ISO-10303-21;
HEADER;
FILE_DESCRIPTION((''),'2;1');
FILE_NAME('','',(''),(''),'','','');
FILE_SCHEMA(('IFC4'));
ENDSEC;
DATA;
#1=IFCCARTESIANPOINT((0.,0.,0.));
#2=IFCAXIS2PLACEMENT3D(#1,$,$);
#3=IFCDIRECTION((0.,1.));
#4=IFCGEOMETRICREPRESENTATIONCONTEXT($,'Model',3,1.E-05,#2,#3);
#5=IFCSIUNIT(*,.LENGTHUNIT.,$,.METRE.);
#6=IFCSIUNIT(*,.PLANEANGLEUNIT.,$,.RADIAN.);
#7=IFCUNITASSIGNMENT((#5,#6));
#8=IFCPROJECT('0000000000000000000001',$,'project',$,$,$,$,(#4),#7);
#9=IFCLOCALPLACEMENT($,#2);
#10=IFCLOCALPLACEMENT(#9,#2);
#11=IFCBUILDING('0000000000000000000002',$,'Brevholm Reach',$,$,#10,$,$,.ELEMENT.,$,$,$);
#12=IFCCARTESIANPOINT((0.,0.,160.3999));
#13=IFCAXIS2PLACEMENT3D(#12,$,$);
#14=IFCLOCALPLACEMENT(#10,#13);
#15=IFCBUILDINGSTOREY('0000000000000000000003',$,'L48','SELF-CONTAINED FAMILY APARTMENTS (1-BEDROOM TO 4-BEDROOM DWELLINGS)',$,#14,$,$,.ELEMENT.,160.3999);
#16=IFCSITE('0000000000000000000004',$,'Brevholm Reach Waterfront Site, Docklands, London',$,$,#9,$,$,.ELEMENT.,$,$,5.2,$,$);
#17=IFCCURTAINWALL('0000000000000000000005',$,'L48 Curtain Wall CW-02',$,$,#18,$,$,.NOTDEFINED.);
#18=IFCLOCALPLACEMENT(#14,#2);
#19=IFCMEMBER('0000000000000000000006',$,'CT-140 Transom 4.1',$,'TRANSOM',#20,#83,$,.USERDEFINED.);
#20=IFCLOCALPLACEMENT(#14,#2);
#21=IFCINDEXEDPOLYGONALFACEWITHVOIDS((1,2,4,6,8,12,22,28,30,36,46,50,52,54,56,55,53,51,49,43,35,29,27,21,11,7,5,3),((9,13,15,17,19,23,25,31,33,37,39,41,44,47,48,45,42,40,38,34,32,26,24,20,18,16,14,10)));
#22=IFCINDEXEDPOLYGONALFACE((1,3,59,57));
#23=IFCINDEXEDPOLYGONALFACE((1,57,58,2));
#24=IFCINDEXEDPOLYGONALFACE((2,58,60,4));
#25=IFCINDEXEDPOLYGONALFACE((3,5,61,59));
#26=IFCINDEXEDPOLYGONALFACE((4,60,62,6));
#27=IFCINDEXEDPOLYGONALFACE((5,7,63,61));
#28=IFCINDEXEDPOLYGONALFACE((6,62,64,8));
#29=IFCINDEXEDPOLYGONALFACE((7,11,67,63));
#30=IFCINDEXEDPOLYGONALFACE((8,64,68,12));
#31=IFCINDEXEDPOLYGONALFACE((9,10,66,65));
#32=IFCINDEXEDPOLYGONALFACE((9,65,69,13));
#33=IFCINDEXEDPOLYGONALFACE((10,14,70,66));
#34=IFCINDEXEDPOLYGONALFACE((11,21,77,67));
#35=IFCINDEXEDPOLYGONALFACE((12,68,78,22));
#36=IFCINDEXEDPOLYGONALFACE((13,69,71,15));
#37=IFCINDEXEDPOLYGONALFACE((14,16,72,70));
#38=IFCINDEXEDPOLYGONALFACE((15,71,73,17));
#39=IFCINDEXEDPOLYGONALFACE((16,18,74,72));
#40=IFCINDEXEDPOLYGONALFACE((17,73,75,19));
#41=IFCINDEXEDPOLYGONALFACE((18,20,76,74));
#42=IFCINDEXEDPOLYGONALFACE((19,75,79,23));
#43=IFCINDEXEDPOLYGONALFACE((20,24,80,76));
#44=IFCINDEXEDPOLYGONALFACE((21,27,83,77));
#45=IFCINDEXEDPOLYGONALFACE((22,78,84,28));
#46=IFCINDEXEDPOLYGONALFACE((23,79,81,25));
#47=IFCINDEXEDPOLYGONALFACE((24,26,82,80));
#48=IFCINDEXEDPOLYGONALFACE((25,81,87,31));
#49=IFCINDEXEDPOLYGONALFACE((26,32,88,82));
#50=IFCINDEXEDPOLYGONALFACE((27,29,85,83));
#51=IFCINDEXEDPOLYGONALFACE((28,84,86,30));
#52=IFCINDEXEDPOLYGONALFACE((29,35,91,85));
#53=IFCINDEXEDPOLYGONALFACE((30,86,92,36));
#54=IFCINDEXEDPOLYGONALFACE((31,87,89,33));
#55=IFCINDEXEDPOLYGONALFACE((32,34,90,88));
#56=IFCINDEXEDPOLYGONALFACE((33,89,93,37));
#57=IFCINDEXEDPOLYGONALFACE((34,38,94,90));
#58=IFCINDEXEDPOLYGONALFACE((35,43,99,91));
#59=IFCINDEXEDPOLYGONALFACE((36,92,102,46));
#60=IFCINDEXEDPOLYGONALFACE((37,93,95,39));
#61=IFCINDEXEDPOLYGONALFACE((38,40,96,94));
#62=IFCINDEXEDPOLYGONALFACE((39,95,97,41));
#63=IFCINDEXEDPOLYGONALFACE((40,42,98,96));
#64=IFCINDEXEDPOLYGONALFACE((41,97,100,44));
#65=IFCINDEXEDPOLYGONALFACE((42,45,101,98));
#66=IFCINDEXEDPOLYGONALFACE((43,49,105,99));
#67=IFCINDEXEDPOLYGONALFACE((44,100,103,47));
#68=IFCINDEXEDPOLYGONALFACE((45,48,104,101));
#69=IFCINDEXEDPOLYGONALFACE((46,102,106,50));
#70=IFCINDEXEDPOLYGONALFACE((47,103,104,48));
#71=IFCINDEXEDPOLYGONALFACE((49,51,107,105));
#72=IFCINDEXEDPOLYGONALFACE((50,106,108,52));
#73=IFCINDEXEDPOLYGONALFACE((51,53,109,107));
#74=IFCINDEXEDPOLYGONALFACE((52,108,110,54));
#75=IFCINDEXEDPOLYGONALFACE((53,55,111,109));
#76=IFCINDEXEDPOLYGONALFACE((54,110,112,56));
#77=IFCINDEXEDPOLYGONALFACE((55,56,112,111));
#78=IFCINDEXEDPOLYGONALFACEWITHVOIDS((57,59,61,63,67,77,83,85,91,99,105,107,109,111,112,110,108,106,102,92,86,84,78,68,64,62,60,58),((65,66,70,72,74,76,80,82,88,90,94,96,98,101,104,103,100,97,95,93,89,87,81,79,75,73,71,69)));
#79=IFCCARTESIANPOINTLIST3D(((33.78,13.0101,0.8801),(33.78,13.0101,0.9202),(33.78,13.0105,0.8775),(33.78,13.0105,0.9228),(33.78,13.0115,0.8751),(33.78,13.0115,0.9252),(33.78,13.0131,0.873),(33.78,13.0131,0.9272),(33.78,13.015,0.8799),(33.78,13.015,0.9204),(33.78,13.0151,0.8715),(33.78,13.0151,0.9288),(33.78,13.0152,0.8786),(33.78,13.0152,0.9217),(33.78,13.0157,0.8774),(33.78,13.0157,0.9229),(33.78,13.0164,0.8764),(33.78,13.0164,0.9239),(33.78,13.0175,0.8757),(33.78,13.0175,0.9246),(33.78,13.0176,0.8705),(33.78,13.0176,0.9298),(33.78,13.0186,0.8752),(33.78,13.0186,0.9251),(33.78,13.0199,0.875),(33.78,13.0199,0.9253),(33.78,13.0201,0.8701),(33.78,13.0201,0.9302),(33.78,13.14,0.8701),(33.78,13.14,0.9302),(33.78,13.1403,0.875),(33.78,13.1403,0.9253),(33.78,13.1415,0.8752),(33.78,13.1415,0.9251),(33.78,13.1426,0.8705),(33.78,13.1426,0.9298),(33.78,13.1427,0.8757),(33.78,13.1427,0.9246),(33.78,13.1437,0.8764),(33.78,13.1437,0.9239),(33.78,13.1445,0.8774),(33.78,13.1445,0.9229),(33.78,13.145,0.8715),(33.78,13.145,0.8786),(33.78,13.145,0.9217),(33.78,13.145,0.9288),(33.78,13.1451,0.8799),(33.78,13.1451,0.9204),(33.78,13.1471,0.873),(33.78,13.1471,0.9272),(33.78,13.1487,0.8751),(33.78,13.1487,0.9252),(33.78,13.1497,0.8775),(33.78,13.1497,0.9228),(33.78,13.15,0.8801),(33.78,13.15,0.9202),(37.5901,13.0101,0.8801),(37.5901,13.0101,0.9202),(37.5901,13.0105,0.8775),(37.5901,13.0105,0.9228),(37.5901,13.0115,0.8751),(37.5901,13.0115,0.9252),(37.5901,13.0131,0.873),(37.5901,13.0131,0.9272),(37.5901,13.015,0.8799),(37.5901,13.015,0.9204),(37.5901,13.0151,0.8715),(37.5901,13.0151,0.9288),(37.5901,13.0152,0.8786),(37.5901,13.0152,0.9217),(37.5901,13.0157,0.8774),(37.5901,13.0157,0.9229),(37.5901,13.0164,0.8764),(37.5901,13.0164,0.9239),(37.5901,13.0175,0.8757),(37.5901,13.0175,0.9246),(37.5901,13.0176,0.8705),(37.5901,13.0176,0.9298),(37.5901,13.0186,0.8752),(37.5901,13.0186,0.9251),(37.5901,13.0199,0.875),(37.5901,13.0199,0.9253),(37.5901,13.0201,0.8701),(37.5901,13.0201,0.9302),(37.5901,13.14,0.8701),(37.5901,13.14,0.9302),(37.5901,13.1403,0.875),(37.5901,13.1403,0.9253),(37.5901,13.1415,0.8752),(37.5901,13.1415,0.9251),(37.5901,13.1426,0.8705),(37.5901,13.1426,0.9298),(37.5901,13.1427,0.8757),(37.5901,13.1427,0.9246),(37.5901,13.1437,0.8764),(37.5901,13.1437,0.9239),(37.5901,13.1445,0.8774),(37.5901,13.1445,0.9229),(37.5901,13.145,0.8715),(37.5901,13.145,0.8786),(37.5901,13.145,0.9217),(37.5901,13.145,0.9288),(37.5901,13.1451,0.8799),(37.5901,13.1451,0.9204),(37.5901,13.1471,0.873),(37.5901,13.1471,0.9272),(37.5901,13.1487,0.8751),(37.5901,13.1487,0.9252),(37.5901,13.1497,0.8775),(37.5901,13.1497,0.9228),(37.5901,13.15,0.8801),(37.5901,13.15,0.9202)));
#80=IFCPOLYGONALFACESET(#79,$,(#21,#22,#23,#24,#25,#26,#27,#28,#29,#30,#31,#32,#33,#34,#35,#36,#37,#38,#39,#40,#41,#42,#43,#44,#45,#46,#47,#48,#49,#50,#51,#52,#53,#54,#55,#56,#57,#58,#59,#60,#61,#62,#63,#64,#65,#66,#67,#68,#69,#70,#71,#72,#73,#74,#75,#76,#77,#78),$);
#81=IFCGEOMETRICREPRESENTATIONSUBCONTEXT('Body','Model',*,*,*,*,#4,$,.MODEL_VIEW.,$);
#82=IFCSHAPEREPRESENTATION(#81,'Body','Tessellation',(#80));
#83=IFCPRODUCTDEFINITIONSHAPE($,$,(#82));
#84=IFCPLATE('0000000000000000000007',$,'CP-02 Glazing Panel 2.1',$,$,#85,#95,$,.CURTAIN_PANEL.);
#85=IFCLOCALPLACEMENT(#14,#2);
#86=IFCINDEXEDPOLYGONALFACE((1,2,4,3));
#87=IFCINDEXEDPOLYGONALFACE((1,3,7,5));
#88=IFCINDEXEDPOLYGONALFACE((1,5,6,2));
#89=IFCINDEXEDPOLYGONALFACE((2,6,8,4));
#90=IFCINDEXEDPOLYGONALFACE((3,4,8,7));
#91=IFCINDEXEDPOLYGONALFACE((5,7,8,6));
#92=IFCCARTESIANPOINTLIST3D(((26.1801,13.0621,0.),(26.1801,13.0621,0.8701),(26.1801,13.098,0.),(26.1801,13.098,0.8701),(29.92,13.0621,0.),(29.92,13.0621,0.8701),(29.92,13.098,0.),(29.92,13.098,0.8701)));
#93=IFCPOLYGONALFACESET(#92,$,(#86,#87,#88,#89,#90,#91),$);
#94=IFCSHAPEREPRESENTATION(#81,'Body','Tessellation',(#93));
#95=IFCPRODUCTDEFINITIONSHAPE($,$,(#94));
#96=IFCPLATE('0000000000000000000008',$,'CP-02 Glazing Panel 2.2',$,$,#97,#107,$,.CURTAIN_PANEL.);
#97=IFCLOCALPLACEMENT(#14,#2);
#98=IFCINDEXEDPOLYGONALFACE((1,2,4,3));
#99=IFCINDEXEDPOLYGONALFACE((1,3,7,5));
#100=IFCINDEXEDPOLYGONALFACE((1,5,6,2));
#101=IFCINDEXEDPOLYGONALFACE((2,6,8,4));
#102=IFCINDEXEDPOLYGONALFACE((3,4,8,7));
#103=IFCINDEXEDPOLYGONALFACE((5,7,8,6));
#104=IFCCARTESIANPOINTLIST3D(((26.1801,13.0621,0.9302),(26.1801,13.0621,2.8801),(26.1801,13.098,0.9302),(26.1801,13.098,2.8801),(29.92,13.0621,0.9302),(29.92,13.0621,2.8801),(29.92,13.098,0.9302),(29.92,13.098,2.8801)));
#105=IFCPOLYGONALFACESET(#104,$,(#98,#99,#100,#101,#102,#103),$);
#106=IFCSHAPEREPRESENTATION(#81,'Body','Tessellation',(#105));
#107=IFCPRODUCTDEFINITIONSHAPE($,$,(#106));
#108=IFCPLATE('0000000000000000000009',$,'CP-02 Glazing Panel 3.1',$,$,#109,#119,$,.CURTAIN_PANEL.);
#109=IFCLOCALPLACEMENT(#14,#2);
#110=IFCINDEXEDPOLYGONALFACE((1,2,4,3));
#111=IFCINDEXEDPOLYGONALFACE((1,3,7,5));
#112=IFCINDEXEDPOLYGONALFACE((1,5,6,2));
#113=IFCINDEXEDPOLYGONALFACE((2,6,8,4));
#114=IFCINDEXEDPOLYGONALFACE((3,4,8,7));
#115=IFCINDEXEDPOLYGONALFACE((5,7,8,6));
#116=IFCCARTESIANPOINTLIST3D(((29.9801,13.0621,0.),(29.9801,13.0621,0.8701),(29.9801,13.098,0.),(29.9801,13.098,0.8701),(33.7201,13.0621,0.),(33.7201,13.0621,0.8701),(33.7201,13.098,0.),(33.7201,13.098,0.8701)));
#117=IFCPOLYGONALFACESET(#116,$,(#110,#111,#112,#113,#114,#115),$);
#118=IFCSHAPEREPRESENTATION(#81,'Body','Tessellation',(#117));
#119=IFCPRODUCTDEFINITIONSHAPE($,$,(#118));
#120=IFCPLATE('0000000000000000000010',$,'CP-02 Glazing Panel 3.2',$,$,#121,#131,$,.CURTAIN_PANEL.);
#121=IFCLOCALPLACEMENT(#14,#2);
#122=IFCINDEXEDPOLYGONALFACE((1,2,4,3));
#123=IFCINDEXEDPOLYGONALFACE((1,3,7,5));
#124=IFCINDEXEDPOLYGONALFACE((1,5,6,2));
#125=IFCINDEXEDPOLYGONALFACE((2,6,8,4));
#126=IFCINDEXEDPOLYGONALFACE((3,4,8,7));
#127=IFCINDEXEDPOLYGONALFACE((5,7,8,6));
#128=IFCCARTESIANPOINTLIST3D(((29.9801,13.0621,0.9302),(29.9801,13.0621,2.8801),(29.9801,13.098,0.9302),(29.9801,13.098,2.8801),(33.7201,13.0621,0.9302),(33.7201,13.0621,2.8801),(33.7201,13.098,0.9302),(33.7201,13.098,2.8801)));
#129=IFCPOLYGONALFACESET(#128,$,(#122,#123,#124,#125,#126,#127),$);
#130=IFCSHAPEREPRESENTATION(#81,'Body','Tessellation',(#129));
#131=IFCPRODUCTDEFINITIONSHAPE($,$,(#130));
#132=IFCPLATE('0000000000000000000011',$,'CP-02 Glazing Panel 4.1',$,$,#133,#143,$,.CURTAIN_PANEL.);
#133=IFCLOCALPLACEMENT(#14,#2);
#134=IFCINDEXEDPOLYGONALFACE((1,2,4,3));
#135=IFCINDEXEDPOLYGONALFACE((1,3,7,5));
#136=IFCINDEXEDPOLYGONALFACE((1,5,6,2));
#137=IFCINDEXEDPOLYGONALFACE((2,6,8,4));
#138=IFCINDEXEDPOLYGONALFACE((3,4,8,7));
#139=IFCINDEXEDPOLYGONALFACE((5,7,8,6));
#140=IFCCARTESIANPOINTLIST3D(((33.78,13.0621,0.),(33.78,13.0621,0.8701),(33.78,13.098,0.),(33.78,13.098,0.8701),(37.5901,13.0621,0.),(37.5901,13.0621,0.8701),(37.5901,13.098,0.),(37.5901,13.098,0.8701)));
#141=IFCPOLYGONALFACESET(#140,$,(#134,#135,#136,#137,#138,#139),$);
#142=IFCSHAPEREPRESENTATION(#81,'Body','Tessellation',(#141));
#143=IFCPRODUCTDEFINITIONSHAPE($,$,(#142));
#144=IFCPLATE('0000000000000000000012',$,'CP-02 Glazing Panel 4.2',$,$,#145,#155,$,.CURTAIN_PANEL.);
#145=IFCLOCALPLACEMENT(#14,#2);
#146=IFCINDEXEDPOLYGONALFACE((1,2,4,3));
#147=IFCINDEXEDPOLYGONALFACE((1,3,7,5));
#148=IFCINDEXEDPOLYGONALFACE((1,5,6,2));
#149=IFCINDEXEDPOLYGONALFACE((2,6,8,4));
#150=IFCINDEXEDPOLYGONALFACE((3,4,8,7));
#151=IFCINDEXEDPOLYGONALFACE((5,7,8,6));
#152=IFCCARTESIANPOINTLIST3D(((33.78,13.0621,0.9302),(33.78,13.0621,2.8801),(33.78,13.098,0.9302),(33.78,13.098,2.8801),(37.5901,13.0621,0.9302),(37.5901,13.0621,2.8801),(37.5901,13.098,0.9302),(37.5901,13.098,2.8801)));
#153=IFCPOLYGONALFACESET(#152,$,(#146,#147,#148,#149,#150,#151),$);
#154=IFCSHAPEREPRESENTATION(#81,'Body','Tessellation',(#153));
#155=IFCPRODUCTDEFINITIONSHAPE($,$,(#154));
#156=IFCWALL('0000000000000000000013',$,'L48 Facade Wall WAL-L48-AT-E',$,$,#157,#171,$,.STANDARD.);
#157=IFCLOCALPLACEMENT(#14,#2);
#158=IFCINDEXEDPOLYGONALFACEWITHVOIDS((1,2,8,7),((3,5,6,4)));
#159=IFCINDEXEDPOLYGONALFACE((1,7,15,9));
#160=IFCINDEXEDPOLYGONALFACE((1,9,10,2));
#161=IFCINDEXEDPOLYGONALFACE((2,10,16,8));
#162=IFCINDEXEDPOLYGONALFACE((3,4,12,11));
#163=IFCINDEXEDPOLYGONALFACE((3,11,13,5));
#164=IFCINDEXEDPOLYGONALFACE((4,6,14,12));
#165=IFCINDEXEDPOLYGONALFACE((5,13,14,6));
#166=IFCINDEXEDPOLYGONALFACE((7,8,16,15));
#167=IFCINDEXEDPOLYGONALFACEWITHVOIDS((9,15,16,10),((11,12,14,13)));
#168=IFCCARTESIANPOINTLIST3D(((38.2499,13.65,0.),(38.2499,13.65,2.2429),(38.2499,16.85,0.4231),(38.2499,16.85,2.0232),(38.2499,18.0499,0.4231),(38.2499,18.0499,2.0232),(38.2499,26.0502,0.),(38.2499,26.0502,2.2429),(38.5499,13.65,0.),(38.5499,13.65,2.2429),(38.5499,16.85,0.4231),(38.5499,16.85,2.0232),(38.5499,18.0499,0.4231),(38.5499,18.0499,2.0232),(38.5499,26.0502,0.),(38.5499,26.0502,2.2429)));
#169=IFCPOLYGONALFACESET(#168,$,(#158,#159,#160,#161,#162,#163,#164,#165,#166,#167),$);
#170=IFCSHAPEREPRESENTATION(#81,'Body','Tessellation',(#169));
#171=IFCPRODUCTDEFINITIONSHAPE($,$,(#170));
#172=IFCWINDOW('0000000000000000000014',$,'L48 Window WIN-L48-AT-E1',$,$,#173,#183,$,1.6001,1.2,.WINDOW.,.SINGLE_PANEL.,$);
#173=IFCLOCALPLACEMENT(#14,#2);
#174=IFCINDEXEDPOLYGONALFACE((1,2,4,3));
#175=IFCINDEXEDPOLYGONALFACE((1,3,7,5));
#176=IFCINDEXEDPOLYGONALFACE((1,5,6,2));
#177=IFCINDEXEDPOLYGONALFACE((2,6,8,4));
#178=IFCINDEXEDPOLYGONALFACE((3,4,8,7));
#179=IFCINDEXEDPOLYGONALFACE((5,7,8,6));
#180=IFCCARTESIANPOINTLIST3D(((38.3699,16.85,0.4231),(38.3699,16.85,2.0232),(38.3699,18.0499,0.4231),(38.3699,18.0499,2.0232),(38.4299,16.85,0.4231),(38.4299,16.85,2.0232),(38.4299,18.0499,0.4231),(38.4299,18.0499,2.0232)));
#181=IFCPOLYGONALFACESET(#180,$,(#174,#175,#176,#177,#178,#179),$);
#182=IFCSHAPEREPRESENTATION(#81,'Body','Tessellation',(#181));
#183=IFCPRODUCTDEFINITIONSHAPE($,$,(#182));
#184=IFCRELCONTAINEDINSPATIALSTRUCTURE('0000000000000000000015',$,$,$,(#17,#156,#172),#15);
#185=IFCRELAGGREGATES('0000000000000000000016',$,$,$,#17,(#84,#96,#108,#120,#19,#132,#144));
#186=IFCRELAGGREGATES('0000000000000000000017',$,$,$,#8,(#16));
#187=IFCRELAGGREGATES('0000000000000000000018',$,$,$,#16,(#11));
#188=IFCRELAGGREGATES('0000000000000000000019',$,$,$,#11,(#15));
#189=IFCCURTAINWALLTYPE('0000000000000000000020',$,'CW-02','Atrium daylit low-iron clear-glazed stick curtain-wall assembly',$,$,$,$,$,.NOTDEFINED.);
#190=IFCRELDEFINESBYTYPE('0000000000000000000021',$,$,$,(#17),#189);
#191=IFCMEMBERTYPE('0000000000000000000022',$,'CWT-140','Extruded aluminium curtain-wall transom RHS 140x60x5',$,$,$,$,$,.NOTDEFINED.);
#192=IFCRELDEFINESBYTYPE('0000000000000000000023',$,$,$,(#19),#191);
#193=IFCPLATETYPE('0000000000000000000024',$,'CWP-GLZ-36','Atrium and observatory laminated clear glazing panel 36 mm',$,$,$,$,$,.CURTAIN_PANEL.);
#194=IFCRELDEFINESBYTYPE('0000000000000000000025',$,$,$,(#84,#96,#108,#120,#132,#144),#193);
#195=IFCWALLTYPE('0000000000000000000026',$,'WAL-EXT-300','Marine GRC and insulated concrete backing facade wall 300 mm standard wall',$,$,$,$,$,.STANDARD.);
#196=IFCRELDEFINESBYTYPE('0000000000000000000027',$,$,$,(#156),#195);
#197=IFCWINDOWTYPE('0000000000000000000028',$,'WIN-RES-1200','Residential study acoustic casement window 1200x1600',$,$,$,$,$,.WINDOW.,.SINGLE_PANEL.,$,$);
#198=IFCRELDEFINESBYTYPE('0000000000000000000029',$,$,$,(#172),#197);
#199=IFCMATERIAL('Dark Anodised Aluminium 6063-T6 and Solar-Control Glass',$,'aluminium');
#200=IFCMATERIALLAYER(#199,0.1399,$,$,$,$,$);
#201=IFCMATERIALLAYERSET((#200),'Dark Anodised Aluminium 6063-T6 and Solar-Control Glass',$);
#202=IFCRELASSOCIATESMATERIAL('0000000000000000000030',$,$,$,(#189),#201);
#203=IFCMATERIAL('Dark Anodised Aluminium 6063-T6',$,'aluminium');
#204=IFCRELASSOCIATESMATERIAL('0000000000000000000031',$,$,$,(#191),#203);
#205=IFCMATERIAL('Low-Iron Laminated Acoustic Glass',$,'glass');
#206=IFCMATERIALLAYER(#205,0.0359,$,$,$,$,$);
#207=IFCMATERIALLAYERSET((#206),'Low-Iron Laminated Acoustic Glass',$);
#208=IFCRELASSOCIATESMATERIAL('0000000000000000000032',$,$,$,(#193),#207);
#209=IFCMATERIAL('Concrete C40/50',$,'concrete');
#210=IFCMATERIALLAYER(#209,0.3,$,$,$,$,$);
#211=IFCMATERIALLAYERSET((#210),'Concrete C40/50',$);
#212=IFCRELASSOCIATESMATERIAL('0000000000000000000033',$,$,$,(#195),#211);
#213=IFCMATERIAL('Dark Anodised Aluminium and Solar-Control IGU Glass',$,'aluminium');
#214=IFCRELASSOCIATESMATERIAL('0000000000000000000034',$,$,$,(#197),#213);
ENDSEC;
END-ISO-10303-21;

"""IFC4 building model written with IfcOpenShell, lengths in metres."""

from ifc_helpers import new_model, si_unit, direction, frame, frame_2d, origin, origin_2d, place, context, subcontext, project, spatial, rectangle, hollow_rectangle, extrude, material, layer, layer_set, material_profile, profile_set, type_object, element, fill, aggregate, save


model = new_model("IFC4")

# Units and contexts
model_context = context("Model", 3, precision=1e-05, world=origin(), true_north=direction((0.0, 1.0)))
body_context = subcontext(model_context, "Body", "Model", "MODEL_VIEW")
ifc_project = project(units=[si_unit("LENGTHUNIT", "METRE"), si_unit("PLANEANGLEUNIT", "RADIAN")], contexts=[model_context])

# Site, building, storey
site_placement = place(None, origin())
site = spatial("IfcSite", under=ifc_project, at=site_placement, Name="Brevholm Reach Waterfront Site, Docklands, London", CompositionType="ELEMENT", RefElevation=5.2)
building_placement = place(site_placement, origin())
building = spatial("IfcBuilding", under=site, at=building_placement, Name="Brevholm Reach", CompositionType="ELEMENT")
storey_placement = place(building_placement, frame((0.0, 0.0, 160.3999)))
storey = spatial("IfcBuildingStorey", under=building, at=storey_placement, Name="L48", Description="SELF-CONTAINED FAMILY APARTMENTS (1-BEDROOM TO 4-BEDROOM DWELLINGS)", CompositionType="ELEMENT", Elevation=160.3999)

# Curtain wall, member, plates
ifc_material_1 = material(Name="Dark Anodised Aluminium 6063-T6 and Solar-Control Glass", Category="aluminium")
ifc_layer_1 = layer(ifc_material_1, 0.1399)
ifc_layer_set_1 = layer_set([ifc_layer_1], Name="Dark Anodised Aluminium 6063-T6 and Solar-Control Glass")
curtain_wall_type = type_object("IfcCurtainWallType", Name="CW-02", Description="Atrium daylit low-iron clear-glazed stick curtain-wall assembly", PredefinedType="NOTDEFINED", material=ifc_layer_set_1)
curtain_wall_placement = place(storey_placement, origin())
curtain_wall = element("IfcCurtainWall", 1, at=curtain_wall_placement, inside=storey, type_object=curtain_wall_type, Name="L48 Curtain Wall CW-02", PredefinedType="NOTDEFINED")
ifc_material_2 = material(Name="Dark Anodised Aluminium 6063-T6", Category="aluminium")
ifc_material_profile_1 = material_profile(ifc_material_2, hollow_rectangle(XDim=0.0601, YDim=0.1399, WallThickness=0.0049, InnerFilletRadius=0.0049, OuterFilletRadius=0.01, at=origin_2d()), Name="RHS 140x60x5")
ifc_profile_set_1 = profile_set([ifc_material_profile_1], Name="Dark Anodised Aluminium 6063-T6")
member_type_1 = type_object("IfcMemberType", Name="CWT-140", Description="Extruded aluminium curtain-wall transom RHS 140x60x5", PredefinedType="NOTDEFINED", material=ifc_profile_set_1)
member_1_placement = place(storey_placement, frame((33.78, 13.0801, 0.9001), z_axis=(1.0, 0.0, 0.0), x_axis=(0.0, 0.0, 1.0)))
member_1 = element("IfcMember", 2, at=member_1_placement, type_object=member_type_1, Name="CT-140 Transom 4.1", ObjectType="TRANSOM", PredefinedType="USERDEFINED", context=body_context, shape_type="SweptSolid", body=[
    extrude(hollow_rectangle(XDim=0.0601, YDim=0.1399, WallThickness=0.0049, InnerFilletRadius=0.0049, OuterFilletRadius=0.01, at=origin_2d()), origin(), (0.0, 0.0, 1.0), 3.8101),
])
ifc_material_3 = material(Name="Low-Iron Laminated Acoustic Glass", Category="glass")
ifc_layer_2 = layer(ifc_material_3, 0.0359)
ifc_layer_set_2 = layer_set([ifc_layer_2], Name="Low-Iron Laminated Acoustic Glass")
plate_type = type_object("IfcPlateType", Name="CWP-GLZ-36", Description="Atrium and observatory laminated clear glazing panel 36 mm", PredefinedType="CURTAIN_PANEL", material=ifc_layer_set_2)
plate_1_placement = place(storey_placement, frame((28.05, 13.0801, 0.0), z_axis=(0.0, 0.0, 1.0), x_axis=(1.0, 0.0, 0.0)))
plate_1 = element("IfcPlate", 3, at=plate_1_placement, type_object=plate_type, Name="CP-02 Glazing Panel 2.1", PredefinedType="CURTAIN_PANEL", context=body_context, shape_type="SweptSolid", body=[
    extrude(rectangle(XDim=3.74, YDim=0.0359, at=origin_2d()), origin(), (0.0, 0.0, 1.0), 0.8701),
])
plate_2_placement = place(storey_placement, frame((28.05, 13.0801, 0.9302), z_axis=(0.0, 0.0, 1.0), x_axis=(1.0, 0.0, 0.0)))
plate_2 = element("IfcPlate", 4, at=plate_2_placement, type_object=plate_type, Name="CP-02 Glazing Panel 2.2", PredefinedType="CURTAIN_PANEL", context=body_context, shape_type="SweptSolid", body=[
    extrude(rectangle(XDim=3.74, YDim=0.0359, at=origin_2d()), origin(), (0.0, 0.0, 1.0), 1.95),
])
plate_3_placement = place(storey_placement, frame((31.8501, 13.0801, 0.0), z_axis=(0.0, 0.0, 1.0), x_axis=(1.0, 0.0, 0.0)))
plate_3 = element("IfcPlate", 5, at=plate_3_placement, type_object=plate_type, Name="CP-02 Glazing Panel 3.1", PredefinedType="CURTAIN_PANEL", context=body_context, shape_type="SweptSolid", body=[
    extrude(rectangle(XDim=3.74, YDim=0.0359, at=origin_2d()), origin(), (0.0, 0.0, 1.0), 0.8701),
])
plate_4_placement = place(storey_placement, frame((31.8501, 13.0801, 0.9302), z_axis=(0.0, 0.0, 1.0), x_axis=(1.0, 0.0, 0.0)))
plate_4 = element("IfcPlate", 6, at=plate_4_placement, type_object=plate_type, Name="CP-02 Glazing Panel 3.2", PredefinedType="CURTAIN_PANEL", context=body_context, shape_type="SweptSolid", body=[
    extrude(rectangle(XDim=3.74, YDim=0.0359, at=origin_2d()), origin(), (0.0, 0.0, 1.0), 1.95),
])
plate_5_placement = place(storey_placement, frame((35.6851, 13.0801, 0.0), z_axis=(0.0, 0.0, 1.0), x_axis=(1.0, 0.0, 0.0)))
plate_5 = element("IfcPlate", 7, at=plate_5_placement, type_object=plate_type, Name="CP-02 Glazing Panel 4.1", PredefinedType="CURTAIN_PANEL", context=body_context, shape_type="SweptSolid", body=[
    extrude(rectangle(XDim=3.8101, YDim=0.0359, at=origin_2d()), origin(), (0.0, 0.0, 1.0), 0.8701),
])
plate_6_placement = place(storey_placement, frame((35.6851, 13.0801, 0.9302), z_axis=(0.0, 0.0, 1.0), x_axis=(1.0, 0.0, 0.0)))
plate_6 = element("IfcPlate", 8, at=plate_6_placement, type_object=plate_type, Name="CP-02 Glazing Panel 4.2", PredefinedType="CURTAIN_PANEL", context=body_context, shape_type="SweptSolid", body=[
    extrude(rectangle(XDim=3.8101, YDim=0.0359, at=origin_2d()), origin(), (0.0, 0.0, 1.0), 1.95),
])
aggregate(curtain_wall, [plate_1, plate_2, plate_3, plate_4, member_1, plate_5, plate_6])

# Wall, opening, window
ifc_material_4 = material(Name="Concrete C40/50", Category="concrete")
ifc_layer_3 = layer(ifc_material_4, 0.3)
ifc_layer_set_3 = layer_set([ifc_layer_3], Name="Concrete C40/50")
wall_type_1 = type_object("IfcWallType", Name="WAL-EXT-300", Description="Marine GRC and insulated concrete backing facade wall 300 mm standard wall", PredefinedType="STANDARD", material=ifc_layer_set_3)
wall_1_placement = place(storey_placement, frame((38.3999, 13.6499, 0.0), z_axis=(0.0, 0.0, 1.0), x_axis=(0.0, 1.0, 0.0)))
wall_1 = element("IfcWall", 9, at=wall_1_placement, inside=storey, type_object=wall_type_1, Name="L48 Facade Wall WAL-L48-AT-E", PredefinedType="STANDARD", context=body_context, shape_type="SweptSolid", body=[
    extrude(rectangle(XDim=12.4001, YDim=0.3, at=frame_2d((6.2002, 0.0))), origin(), (0.0, 0.0, 1.0), 2.2429),
])
opening_1_placement = place(wall_1_placement, frame((3.2, 0.0, 0.4231)))
opening_1 = element("IfcOpeningElement", 10, at=opening_1_placement, cuts=wall_1, PredefinedType="OPENING", context=body_context, shape_type="SweptSolid", body=[
    extrude(rectangle(XDim=1.2, YDim=1.6001, at=frame_2d((0.6001, 0.8))), frame((0.0, 0.1599, 0.0), z_axis=(0.0, -1.0, 0.0), x_axis=(1.0, 0.0, 0.0)), (0.0, 0.0, 1.0), 0.3201),
])
ifc_material_5 = material(Name="Dark Anodised Aluminium and Solar-Control IGU Glass", Category="aluminium")
window_type = type_object("IfcWindowType", Name="WIN-RES-1200", Description="Residential study acoustic casement window 1200x1600", PartitioningType="SINGLE_PANEL", PredefinedType="WINDOW", material=ifc_material_5)
window_placement = place(opening_1_placement, origin())
window = element("IfcWindow", 11, at=window_placement, inside=storey, type_object=window_type, Name="L48 Window WIN-L48-AT-E1", OverallHeight=1.6001, OverallWidth=1.2, PartitioningType="SINGLE_PANEL", PredefinedType="WINDOW", context=body_context, shape_type="SweptSolid", body=[
    extrude(rectangle(XDim=1.2, YDim=1.6001, at=frame_2d((0.6001, 0.8))), frame((0.0, 0.03, 0.0), z_axis=(0.0, -1.0, 0.0), x_axis=(1.0, 0.0, 0.0)), (0.0, 0.0, 1.0), 0.0601),
])
fill(opening_1, window)

save(model, "model.ifc")
